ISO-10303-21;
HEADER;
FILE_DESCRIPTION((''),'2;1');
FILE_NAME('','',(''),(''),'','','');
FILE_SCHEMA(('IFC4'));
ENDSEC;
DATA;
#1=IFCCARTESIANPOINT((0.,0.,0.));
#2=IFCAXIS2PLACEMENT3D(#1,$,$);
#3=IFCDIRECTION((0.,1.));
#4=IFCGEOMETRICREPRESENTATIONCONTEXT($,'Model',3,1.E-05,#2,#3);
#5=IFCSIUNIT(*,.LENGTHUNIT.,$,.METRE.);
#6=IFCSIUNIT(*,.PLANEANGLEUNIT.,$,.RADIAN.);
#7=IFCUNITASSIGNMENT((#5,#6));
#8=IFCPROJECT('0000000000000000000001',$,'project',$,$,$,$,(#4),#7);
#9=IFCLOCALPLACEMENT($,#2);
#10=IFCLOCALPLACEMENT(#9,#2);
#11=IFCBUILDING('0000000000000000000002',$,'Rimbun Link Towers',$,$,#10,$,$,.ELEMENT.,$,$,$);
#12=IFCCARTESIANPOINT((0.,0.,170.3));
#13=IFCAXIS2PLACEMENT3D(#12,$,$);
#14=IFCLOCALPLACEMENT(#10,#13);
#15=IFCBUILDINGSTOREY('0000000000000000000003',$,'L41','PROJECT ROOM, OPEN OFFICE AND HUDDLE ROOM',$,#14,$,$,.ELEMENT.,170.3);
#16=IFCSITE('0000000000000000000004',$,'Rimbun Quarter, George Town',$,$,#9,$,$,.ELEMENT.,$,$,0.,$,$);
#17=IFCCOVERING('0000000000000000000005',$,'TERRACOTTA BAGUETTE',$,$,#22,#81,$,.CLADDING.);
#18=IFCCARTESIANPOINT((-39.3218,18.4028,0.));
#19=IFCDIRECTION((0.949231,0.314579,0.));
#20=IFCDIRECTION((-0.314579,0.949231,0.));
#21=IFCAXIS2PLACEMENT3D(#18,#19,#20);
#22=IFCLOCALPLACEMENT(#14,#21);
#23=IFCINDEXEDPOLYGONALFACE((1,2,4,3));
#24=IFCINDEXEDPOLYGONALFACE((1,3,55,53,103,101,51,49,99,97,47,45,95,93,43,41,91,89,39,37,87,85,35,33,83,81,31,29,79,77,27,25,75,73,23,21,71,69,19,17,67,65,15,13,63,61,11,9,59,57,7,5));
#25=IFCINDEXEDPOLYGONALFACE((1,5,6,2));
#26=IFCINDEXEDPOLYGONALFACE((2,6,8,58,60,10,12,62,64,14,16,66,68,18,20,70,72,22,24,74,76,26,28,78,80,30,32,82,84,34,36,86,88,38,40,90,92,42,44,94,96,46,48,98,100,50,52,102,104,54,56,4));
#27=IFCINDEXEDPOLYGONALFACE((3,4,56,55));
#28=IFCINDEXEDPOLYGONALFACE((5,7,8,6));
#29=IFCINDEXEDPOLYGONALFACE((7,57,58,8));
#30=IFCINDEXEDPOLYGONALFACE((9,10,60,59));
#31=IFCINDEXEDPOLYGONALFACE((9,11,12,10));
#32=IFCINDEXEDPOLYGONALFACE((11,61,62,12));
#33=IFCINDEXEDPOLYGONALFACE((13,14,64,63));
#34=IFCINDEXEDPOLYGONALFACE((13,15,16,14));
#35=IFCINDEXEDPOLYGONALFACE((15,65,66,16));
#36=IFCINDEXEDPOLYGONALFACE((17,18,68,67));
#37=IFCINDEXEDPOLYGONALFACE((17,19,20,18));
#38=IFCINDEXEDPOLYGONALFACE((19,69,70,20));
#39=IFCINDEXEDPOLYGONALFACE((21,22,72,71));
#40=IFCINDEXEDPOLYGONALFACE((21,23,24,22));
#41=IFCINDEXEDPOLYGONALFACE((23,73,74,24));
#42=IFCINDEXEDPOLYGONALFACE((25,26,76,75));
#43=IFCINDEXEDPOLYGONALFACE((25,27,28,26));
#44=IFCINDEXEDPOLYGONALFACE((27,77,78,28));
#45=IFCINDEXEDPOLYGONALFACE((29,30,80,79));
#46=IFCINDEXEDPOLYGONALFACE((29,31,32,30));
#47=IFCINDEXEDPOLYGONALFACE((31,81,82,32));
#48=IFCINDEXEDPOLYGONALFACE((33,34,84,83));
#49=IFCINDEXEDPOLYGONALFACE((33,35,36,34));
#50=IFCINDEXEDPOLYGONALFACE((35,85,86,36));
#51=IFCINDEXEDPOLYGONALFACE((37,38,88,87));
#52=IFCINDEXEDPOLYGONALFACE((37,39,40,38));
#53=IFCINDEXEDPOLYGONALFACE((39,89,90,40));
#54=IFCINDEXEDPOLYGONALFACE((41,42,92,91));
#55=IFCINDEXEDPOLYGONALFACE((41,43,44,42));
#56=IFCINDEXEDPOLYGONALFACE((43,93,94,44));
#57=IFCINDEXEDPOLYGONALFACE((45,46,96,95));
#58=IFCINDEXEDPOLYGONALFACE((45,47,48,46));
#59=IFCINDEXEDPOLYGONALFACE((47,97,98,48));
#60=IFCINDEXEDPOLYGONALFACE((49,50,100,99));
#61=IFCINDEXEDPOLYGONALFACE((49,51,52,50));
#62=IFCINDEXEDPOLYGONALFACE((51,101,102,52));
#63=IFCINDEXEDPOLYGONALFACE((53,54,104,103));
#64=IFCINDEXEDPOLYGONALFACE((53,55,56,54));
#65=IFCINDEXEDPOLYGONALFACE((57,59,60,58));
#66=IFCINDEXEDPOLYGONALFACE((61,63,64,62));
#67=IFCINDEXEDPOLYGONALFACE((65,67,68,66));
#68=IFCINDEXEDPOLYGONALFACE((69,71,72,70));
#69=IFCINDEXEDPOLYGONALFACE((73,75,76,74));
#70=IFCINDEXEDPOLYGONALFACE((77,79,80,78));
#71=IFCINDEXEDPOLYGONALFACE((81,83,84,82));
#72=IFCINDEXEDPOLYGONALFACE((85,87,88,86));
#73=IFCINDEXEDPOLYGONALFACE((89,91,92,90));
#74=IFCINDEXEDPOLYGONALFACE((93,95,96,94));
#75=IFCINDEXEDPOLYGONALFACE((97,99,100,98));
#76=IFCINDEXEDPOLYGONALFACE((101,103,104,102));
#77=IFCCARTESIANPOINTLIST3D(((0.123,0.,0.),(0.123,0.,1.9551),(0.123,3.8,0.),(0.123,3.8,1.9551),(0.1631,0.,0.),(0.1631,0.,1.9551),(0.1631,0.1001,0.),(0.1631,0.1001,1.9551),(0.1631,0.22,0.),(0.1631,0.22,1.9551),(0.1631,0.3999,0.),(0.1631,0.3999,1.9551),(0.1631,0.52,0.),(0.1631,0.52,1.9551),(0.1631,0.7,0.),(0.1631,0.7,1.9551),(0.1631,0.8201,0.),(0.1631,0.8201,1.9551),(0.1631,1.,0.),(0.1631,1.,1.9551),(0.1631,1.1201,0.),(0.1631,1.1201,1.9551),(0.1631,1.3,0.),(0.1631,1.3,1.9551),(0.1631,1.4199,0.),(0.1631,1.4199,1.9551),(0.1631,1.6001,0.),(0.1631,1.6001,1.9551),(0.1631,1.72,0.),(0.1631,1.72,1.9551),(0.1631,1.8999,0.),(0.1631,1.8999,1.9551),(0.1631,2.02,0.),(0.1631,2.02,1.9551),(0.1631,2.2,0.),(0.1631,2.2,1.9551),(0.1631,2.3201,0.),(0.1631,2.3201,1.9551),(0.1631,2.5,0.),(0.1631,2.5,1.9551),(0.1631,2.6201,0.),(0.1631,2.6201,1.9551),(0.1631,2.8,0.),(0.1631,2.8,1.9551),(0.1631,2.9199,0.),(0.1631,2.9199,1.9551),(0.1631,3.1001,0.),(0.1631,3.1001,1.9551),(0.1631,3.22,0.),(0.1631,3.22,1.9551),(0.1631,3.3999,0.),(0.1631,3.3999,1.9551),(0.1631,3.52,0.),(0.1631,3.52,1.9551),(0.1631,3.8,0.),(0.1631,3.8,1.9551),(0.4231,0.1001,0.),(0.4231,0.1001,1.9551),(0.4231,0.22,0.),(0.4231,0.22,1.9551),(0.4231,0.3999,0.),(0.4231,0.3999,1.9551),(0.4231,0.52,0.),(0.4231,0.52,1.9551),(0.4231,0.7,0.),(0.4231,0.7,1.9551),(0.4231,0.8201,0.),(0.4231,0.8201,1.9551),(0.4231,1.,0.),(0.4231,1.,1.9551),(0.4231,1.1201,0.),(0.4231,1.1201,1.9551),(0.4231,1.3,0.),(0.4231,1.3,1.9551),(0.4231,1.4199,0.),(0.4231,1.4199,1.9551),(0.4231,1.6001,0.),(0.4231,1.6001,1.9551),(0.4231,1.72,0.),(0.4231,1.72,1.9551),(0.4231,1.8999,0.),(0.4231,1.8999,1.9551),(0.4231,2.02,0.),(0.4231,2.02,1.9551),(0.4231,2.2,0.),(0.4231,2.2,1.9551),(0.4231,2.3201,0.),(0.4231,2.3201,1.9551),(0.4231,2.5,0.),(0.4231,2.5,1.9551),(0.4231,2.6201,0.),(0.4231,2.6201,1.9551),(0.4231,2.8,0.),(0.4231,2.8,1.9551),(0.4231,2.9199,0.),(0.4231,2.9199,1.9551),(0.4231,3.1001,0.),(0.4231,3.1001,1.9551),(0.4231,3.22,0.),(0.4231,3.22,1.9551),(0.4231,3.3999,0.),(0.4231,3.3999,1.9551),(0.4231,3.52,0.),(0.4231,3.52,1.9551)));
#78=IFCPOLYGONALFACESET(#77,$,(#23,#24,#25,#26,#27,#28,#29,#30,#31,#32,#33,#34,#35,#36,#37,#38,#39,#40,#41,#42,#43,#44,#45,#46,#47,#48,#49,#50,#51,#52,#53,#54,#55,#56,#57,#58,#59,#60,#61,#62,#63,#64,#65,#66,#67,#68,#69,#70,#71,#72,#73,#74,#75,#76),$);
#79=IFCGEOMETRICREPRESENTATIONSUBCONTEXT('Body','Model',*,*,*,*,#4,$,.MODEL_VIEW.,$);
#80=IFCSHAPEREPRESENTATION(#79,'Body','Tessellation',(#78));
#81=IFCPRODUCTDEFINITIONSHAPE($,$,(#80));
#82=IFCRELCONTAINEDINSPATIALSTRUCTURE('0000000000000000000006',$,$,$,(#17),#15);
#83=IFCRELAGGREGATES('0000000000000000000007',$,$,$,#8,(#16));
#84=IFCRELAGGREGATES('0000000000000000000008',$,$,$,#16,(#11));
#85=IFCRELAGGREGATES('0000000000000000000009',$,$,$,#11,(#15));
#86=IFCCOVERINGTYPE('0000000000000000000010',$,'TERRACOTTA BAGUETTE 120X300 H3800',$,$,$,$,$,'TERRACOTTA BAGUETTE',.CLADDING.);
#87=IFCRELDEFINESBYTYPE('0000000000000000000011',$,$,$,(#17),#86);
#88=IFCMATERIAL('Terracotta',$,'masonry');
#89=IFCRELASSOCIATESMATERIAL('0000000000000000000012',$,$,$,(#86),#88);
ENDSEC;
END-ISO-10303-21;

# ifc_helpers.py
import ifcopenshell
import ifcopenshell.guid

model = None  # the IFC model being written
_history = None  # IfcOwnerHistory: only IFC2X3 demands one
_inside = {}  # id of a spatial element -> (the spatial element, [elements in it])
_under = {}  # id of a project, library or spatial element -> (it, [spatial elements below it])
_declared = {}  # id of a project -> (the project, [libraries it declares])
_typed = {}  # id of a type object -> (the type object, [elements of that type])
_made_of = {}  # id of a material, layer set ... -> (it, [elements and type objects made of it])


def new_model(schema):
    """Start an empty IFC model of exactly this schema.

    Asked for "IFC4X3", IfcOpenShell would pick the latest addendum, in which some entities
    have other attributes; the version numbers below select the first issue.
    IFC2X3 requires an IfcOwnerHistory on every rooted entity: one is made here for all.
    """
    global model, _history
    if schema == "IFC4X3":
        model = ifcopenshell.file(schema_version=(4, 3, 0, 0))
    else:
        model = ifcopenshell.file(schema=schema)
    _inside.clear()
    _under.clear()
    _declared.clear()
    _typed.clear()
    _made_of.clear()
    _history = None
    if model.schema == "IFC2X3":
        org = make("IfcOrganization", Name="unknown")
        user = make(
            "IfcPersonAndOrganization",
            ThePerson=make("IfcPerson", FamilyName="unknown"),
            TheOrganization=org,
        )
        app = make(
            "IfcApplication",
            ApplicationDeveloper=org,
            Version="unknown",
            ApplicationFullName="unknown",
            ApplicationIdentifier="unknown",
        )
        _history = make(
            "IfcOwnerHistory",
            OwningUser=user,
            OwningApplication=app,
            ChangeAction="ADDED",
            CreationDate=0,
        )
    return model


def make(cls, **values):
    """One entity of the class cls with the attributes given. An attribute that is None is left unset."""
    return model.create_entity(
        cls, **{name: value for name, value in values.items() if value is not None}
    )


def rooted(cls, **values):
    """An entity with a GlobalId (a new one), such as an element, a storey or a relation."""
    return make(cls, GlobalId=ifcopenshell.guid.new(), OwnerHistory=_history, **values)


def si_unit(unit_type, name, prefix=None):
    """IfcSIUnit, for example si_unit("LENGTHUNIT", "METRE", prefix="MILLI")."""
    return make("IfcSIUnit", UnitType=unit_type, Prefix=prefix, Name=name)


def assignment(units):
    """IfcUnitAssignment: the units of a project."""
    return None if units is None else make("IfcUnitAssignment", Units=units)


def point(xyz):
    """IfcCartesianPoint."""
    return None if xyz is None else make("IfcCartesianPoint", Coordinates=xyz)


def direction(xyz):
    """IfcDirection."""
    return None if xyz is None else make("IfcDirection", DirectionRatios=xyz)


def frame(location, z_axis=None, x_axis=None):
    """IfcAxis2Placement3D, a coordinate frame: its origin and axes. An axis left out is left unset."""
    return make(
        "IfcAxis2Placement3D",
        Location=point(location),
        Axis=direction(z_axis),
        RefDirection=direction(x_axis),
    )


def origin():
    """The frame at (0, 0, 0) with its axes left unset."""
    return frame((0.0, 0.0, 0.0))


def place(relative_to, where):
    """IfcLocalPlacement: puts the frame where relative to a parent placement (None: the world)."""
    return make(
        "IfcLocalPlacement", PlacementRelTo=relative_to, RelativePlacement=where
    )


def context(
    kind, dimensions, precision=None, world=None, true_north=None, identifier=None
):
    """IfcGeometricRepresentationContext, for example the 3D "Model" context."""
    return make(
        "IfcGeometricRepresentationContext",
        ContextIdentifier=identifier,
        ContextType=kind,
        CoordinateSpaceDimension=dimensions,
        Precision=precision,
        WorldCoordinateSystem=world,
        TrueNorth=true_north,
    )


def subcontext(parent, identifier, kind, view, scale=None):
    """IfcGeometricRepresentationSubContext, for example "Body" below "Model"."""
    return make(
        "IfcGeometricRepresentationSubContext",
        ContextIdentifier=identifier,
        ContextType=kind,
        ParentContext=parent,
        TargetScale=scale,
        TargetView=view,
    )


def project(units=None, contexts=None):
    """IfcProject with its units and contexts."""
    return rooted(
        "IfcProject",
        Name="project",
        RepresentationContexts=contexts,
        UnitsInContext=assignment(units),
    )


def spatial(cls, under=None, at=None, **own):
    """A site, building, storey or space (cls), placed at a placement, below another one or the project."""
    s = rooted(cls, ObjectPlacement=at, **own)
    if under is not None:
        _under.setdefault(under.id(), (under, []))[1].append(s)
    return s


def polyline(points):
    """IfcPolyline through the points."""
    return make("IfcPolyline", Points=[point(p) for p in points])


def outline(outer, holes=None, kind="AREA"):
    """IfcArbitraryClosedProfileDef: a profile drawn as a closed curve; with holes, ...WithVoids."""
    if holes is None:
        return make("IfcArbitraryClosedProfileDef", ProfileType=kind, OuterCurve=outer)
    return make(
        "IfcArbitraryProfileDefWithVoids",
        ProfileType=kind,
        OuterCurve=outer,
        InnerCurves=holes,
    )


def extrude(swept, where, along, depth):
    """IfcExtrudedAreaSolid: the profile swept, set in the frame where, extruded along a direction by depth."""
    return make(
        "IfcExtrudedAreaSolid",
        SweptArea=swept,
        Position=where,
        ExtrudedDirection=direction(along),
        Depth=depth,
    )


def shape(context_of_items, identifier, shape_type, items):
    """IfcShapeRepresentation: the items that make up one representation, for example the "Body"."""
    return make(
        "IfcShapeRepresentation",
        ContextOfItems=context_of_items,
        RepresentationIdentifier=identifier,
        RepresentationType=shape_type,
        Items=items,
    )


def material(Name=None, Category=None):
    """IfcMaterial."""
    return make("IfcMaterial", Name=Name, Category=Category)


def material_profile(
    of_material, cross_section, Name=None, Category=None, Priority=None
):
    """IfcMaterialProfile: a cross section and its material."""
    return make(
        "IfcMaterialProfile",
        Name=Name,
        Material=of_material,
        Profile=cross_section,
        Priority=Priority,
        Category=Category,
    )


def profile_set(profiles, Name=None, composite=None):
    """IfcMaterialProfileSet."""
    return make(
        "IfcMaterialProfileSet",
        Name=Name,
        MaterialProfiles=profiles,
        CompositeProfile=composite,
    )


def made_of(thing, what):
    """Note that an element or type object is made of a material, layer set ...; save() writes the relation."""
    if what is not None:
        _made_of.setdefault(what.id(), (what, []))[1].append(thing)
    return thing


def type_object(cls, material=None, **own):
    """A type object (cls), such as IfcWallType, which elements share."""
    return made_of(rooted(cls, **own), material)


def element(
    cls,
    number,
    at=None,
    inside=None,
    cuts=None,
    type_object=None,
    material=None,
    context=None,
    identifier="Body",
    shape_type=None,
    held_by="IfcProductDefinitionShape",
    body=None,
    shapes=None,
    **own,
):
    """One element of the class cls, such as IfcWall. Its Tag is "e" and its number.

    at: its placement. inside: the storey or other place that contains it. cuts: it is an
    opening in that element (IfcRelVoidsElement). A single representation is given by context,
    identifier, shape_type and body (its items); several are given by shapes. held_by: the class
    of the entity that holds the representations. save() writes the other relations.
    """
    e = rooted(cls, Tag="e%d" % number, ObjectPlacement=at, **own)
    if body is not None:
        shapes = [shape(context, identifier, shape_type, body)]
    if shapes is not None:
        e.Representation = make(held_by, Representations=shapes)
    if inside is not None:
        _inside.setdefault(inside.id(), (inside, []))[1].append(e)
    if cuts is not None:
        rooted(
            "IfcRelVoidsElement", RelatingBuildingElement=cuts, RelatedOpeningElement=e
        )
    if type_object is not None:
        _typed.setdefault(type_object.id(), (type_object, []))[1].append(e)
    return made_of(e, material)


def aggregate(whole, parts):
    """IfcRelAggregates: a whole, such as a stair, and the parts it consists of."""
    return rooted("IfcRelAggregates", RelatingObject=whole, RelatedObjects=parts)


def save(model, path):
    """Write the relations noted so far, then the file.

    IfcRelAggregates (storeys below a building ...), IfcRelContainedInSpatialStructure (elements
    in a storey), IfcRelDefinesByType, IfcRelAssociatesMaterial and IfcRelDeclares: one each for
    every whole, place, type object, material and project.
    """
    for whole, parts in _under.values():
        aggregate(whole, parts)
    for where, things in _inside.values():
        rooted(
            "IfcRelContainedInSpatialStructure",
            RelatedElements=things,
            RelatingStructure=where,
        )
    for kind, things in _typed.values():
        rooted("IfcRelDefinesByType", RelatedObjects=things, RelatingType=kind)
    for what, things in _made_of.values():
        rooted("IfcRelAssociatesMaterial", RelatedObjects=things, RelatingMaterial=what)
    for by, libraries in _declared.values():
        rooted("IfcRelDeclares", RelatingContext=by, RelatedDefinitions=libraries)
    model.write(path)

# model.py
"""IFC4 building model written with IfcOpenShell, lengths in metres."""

from ifc_helpers import new_model, si_unit, direction, frame, origin, place, context, subcontext, project, spatial, polyline, outline, extrude, material, material_profile, profile_set, type_object, element, save


model = new_model("IFC4")

# Units and contexts
model_context = context("Model", 3, precision=1e-05, world=origin(), true_north=direction((0.0, 1.0)))
body_context = subcontext(model_context, "Body", "Model", "MODEL_VIEW")
ifc_project = project(units=[si_unit("LENGTHUNIT", "METRE"), si_unit("PLANEANGLEUNIT", "RADIAN")], contexts=[model_context])

# Site, building, storey
site_placement = place(None, origin())
site = spatial("IfcSite", under=ifc_project, at=site_placement, Name="Rimbun Quarter, George Town", CompositionType="ELEMENT", RefElevation=0.0)
building_placement = place(site_placement, origin())
building = spatial("IfcBuilding", under=site, at=building_placement, Name="Rimbun Link Towers", CompositionType="ELEMENT")
storey_placement = place(building_placement, frame((0.0, 0.0, 170.3)))
storey = spatial("IfcBuildingStorey", under=building, at=storey_placement, Name="L41", Description="PROJECT ROOM, OPEN OFFICE AND HUDDLE ROOM", CompositionType="ELEMENT", Elevation=170.3)

# Covering
ifc_material_1 = material(Name="Terracotta", Category="masonry")
ifc_material_profile_1 = material_profile(ifc_material_1, outline(polyline([(0.123, 0.0), (0.1631, 0.0), (0.1631, 0.1001), (0.4231, 0.1001), (0.4231, 0.22), (0.1631, 0.22), (0.1631, 0.3999), (0.4231, 0.3999), (0.4231, 0.52), (0.1631, 0.52), (0.1631, 0.7), (0.4231, 0.7), (0.4231, 0.8201), (0.1631, 0.8201), (0.1631, 1.0), (0.4231, 1.0), (0.4231, 1.1201), (0.1631, 1.1201), (0.1631, 1.3), (0.4231, 1.3), (0.4231, 1.4199), (0.1631, 1.4199), (0.1631, 1.6001), (0.4231, 1.6001), (0.4231, 1.72), (0.1631, 1.72), (0.1631, 1.8999), (0.4231, 1.8999), (0.4231, 2.02), (0.1631, 2.02), (0.1631, 2.2), (0.4231, 2.2), (0.4231, 2.3201), (0.1631, 2.3201), (0.1631, 2.5), (0.4231, 2.5), (0.4231, 2.6201), (0.1631, 2.6201), (0.1631, 2.8), (0.4231, 2.8), (0.4231, 2.9199), (0.1631, 2.9199), (0.1631, 3.1001), (0.4231, 3.1001), (0.4231, 3.22), (0.1631, 3.22), (0.1631, 3.3999), (0.4231, 3.3999), (0.4231, 3.52), (0.1631, 3.52), (0.1631, 3.8), (0.123, 3.8), (0.123, 0.0)])), Name="BAGUETTE 120X300")
ifc_profile_set_1 = profile_set([ifc_material_profile_1], Name="Terracotta")
covering_type = type_object("IfcCoveringType", Name="TERRACOTTA BAGUETTE 120X300 H3800", ElementType="TERRACOTTA BAGUETTE", PredefinedType="CLADDING", material=ifc_profile_set_1)
covering_placement = place(storey_placement, frame((-39.3218, 18.4028, 0.0), z_axis=(0.949231, 0.314579, 0.0), x_axis=(-0.314579, 0.949231, 0.0)))
element("IfcCovering", 1, at=covering_placement, inside=storey, type_object=covering_type, Name="TERRACOTTA BAGUETTE", PredefinedType="CLADDING", context=body_context, shape_type="SweptSolid", body=[
    extrude(outline(polyline([(0.123, 0.0), (0.1631, 0.0), (0.1631, 0.1001), (0.4231, 0.1001), (0.4231, 0.22), (0.1631, 0.22), (0.1631, 0.3999), (0.4231, 0.3999), (0.4231, 0.52), (0.1631, 0.52), (0.1631, 0.7), (0.4231, 0.7), (0.4231, 0.8201), (0.1631, 0.8201), (0.1631, 1.0), (0.4231, 1.0), (0.4231, 1.1201), (0.1631, 1.1201), (0.1631, 1.3), (0.4231, 1.3), (0.4231, 1.4199), (0.1631, 1.4199), (0.1631, 1.6001), (0.4231, 1.6001), (0.4231, 1.72), (0.1631, 1.72), (0.1631, 1.8999), (0.4231, 1.8999), (0.4231, 2.02), (0.1631, 2.02), (0.1631, 2.2), (0.4231, 2.2), (0.4231, 2.3201), (0.1631, 2.3201), (0.1631, 2.5), (0.4231, 2.5), (0.4231, 2.6201), (0.1631, 2.6201), (0.1631, 2.8), (0.4231, 2.8), (0.4231, 2.9199), (0.1631, 2.9199), (0.1631, 3.1001), (0.4231, 3.1001), (0.4231, 3.22), (0.1631, 3.22), (0.1631, 3.3999), (0.4231, 3.3999), (0.4231, 3.52), (0.1631, 3.52), (0.1631, 3.8), (0.123, 3.8), (0.123, 0.0)])), origin(), (0.0, 0.0, 1.0), 1.9551),
])

save(model, "model.ifc")
